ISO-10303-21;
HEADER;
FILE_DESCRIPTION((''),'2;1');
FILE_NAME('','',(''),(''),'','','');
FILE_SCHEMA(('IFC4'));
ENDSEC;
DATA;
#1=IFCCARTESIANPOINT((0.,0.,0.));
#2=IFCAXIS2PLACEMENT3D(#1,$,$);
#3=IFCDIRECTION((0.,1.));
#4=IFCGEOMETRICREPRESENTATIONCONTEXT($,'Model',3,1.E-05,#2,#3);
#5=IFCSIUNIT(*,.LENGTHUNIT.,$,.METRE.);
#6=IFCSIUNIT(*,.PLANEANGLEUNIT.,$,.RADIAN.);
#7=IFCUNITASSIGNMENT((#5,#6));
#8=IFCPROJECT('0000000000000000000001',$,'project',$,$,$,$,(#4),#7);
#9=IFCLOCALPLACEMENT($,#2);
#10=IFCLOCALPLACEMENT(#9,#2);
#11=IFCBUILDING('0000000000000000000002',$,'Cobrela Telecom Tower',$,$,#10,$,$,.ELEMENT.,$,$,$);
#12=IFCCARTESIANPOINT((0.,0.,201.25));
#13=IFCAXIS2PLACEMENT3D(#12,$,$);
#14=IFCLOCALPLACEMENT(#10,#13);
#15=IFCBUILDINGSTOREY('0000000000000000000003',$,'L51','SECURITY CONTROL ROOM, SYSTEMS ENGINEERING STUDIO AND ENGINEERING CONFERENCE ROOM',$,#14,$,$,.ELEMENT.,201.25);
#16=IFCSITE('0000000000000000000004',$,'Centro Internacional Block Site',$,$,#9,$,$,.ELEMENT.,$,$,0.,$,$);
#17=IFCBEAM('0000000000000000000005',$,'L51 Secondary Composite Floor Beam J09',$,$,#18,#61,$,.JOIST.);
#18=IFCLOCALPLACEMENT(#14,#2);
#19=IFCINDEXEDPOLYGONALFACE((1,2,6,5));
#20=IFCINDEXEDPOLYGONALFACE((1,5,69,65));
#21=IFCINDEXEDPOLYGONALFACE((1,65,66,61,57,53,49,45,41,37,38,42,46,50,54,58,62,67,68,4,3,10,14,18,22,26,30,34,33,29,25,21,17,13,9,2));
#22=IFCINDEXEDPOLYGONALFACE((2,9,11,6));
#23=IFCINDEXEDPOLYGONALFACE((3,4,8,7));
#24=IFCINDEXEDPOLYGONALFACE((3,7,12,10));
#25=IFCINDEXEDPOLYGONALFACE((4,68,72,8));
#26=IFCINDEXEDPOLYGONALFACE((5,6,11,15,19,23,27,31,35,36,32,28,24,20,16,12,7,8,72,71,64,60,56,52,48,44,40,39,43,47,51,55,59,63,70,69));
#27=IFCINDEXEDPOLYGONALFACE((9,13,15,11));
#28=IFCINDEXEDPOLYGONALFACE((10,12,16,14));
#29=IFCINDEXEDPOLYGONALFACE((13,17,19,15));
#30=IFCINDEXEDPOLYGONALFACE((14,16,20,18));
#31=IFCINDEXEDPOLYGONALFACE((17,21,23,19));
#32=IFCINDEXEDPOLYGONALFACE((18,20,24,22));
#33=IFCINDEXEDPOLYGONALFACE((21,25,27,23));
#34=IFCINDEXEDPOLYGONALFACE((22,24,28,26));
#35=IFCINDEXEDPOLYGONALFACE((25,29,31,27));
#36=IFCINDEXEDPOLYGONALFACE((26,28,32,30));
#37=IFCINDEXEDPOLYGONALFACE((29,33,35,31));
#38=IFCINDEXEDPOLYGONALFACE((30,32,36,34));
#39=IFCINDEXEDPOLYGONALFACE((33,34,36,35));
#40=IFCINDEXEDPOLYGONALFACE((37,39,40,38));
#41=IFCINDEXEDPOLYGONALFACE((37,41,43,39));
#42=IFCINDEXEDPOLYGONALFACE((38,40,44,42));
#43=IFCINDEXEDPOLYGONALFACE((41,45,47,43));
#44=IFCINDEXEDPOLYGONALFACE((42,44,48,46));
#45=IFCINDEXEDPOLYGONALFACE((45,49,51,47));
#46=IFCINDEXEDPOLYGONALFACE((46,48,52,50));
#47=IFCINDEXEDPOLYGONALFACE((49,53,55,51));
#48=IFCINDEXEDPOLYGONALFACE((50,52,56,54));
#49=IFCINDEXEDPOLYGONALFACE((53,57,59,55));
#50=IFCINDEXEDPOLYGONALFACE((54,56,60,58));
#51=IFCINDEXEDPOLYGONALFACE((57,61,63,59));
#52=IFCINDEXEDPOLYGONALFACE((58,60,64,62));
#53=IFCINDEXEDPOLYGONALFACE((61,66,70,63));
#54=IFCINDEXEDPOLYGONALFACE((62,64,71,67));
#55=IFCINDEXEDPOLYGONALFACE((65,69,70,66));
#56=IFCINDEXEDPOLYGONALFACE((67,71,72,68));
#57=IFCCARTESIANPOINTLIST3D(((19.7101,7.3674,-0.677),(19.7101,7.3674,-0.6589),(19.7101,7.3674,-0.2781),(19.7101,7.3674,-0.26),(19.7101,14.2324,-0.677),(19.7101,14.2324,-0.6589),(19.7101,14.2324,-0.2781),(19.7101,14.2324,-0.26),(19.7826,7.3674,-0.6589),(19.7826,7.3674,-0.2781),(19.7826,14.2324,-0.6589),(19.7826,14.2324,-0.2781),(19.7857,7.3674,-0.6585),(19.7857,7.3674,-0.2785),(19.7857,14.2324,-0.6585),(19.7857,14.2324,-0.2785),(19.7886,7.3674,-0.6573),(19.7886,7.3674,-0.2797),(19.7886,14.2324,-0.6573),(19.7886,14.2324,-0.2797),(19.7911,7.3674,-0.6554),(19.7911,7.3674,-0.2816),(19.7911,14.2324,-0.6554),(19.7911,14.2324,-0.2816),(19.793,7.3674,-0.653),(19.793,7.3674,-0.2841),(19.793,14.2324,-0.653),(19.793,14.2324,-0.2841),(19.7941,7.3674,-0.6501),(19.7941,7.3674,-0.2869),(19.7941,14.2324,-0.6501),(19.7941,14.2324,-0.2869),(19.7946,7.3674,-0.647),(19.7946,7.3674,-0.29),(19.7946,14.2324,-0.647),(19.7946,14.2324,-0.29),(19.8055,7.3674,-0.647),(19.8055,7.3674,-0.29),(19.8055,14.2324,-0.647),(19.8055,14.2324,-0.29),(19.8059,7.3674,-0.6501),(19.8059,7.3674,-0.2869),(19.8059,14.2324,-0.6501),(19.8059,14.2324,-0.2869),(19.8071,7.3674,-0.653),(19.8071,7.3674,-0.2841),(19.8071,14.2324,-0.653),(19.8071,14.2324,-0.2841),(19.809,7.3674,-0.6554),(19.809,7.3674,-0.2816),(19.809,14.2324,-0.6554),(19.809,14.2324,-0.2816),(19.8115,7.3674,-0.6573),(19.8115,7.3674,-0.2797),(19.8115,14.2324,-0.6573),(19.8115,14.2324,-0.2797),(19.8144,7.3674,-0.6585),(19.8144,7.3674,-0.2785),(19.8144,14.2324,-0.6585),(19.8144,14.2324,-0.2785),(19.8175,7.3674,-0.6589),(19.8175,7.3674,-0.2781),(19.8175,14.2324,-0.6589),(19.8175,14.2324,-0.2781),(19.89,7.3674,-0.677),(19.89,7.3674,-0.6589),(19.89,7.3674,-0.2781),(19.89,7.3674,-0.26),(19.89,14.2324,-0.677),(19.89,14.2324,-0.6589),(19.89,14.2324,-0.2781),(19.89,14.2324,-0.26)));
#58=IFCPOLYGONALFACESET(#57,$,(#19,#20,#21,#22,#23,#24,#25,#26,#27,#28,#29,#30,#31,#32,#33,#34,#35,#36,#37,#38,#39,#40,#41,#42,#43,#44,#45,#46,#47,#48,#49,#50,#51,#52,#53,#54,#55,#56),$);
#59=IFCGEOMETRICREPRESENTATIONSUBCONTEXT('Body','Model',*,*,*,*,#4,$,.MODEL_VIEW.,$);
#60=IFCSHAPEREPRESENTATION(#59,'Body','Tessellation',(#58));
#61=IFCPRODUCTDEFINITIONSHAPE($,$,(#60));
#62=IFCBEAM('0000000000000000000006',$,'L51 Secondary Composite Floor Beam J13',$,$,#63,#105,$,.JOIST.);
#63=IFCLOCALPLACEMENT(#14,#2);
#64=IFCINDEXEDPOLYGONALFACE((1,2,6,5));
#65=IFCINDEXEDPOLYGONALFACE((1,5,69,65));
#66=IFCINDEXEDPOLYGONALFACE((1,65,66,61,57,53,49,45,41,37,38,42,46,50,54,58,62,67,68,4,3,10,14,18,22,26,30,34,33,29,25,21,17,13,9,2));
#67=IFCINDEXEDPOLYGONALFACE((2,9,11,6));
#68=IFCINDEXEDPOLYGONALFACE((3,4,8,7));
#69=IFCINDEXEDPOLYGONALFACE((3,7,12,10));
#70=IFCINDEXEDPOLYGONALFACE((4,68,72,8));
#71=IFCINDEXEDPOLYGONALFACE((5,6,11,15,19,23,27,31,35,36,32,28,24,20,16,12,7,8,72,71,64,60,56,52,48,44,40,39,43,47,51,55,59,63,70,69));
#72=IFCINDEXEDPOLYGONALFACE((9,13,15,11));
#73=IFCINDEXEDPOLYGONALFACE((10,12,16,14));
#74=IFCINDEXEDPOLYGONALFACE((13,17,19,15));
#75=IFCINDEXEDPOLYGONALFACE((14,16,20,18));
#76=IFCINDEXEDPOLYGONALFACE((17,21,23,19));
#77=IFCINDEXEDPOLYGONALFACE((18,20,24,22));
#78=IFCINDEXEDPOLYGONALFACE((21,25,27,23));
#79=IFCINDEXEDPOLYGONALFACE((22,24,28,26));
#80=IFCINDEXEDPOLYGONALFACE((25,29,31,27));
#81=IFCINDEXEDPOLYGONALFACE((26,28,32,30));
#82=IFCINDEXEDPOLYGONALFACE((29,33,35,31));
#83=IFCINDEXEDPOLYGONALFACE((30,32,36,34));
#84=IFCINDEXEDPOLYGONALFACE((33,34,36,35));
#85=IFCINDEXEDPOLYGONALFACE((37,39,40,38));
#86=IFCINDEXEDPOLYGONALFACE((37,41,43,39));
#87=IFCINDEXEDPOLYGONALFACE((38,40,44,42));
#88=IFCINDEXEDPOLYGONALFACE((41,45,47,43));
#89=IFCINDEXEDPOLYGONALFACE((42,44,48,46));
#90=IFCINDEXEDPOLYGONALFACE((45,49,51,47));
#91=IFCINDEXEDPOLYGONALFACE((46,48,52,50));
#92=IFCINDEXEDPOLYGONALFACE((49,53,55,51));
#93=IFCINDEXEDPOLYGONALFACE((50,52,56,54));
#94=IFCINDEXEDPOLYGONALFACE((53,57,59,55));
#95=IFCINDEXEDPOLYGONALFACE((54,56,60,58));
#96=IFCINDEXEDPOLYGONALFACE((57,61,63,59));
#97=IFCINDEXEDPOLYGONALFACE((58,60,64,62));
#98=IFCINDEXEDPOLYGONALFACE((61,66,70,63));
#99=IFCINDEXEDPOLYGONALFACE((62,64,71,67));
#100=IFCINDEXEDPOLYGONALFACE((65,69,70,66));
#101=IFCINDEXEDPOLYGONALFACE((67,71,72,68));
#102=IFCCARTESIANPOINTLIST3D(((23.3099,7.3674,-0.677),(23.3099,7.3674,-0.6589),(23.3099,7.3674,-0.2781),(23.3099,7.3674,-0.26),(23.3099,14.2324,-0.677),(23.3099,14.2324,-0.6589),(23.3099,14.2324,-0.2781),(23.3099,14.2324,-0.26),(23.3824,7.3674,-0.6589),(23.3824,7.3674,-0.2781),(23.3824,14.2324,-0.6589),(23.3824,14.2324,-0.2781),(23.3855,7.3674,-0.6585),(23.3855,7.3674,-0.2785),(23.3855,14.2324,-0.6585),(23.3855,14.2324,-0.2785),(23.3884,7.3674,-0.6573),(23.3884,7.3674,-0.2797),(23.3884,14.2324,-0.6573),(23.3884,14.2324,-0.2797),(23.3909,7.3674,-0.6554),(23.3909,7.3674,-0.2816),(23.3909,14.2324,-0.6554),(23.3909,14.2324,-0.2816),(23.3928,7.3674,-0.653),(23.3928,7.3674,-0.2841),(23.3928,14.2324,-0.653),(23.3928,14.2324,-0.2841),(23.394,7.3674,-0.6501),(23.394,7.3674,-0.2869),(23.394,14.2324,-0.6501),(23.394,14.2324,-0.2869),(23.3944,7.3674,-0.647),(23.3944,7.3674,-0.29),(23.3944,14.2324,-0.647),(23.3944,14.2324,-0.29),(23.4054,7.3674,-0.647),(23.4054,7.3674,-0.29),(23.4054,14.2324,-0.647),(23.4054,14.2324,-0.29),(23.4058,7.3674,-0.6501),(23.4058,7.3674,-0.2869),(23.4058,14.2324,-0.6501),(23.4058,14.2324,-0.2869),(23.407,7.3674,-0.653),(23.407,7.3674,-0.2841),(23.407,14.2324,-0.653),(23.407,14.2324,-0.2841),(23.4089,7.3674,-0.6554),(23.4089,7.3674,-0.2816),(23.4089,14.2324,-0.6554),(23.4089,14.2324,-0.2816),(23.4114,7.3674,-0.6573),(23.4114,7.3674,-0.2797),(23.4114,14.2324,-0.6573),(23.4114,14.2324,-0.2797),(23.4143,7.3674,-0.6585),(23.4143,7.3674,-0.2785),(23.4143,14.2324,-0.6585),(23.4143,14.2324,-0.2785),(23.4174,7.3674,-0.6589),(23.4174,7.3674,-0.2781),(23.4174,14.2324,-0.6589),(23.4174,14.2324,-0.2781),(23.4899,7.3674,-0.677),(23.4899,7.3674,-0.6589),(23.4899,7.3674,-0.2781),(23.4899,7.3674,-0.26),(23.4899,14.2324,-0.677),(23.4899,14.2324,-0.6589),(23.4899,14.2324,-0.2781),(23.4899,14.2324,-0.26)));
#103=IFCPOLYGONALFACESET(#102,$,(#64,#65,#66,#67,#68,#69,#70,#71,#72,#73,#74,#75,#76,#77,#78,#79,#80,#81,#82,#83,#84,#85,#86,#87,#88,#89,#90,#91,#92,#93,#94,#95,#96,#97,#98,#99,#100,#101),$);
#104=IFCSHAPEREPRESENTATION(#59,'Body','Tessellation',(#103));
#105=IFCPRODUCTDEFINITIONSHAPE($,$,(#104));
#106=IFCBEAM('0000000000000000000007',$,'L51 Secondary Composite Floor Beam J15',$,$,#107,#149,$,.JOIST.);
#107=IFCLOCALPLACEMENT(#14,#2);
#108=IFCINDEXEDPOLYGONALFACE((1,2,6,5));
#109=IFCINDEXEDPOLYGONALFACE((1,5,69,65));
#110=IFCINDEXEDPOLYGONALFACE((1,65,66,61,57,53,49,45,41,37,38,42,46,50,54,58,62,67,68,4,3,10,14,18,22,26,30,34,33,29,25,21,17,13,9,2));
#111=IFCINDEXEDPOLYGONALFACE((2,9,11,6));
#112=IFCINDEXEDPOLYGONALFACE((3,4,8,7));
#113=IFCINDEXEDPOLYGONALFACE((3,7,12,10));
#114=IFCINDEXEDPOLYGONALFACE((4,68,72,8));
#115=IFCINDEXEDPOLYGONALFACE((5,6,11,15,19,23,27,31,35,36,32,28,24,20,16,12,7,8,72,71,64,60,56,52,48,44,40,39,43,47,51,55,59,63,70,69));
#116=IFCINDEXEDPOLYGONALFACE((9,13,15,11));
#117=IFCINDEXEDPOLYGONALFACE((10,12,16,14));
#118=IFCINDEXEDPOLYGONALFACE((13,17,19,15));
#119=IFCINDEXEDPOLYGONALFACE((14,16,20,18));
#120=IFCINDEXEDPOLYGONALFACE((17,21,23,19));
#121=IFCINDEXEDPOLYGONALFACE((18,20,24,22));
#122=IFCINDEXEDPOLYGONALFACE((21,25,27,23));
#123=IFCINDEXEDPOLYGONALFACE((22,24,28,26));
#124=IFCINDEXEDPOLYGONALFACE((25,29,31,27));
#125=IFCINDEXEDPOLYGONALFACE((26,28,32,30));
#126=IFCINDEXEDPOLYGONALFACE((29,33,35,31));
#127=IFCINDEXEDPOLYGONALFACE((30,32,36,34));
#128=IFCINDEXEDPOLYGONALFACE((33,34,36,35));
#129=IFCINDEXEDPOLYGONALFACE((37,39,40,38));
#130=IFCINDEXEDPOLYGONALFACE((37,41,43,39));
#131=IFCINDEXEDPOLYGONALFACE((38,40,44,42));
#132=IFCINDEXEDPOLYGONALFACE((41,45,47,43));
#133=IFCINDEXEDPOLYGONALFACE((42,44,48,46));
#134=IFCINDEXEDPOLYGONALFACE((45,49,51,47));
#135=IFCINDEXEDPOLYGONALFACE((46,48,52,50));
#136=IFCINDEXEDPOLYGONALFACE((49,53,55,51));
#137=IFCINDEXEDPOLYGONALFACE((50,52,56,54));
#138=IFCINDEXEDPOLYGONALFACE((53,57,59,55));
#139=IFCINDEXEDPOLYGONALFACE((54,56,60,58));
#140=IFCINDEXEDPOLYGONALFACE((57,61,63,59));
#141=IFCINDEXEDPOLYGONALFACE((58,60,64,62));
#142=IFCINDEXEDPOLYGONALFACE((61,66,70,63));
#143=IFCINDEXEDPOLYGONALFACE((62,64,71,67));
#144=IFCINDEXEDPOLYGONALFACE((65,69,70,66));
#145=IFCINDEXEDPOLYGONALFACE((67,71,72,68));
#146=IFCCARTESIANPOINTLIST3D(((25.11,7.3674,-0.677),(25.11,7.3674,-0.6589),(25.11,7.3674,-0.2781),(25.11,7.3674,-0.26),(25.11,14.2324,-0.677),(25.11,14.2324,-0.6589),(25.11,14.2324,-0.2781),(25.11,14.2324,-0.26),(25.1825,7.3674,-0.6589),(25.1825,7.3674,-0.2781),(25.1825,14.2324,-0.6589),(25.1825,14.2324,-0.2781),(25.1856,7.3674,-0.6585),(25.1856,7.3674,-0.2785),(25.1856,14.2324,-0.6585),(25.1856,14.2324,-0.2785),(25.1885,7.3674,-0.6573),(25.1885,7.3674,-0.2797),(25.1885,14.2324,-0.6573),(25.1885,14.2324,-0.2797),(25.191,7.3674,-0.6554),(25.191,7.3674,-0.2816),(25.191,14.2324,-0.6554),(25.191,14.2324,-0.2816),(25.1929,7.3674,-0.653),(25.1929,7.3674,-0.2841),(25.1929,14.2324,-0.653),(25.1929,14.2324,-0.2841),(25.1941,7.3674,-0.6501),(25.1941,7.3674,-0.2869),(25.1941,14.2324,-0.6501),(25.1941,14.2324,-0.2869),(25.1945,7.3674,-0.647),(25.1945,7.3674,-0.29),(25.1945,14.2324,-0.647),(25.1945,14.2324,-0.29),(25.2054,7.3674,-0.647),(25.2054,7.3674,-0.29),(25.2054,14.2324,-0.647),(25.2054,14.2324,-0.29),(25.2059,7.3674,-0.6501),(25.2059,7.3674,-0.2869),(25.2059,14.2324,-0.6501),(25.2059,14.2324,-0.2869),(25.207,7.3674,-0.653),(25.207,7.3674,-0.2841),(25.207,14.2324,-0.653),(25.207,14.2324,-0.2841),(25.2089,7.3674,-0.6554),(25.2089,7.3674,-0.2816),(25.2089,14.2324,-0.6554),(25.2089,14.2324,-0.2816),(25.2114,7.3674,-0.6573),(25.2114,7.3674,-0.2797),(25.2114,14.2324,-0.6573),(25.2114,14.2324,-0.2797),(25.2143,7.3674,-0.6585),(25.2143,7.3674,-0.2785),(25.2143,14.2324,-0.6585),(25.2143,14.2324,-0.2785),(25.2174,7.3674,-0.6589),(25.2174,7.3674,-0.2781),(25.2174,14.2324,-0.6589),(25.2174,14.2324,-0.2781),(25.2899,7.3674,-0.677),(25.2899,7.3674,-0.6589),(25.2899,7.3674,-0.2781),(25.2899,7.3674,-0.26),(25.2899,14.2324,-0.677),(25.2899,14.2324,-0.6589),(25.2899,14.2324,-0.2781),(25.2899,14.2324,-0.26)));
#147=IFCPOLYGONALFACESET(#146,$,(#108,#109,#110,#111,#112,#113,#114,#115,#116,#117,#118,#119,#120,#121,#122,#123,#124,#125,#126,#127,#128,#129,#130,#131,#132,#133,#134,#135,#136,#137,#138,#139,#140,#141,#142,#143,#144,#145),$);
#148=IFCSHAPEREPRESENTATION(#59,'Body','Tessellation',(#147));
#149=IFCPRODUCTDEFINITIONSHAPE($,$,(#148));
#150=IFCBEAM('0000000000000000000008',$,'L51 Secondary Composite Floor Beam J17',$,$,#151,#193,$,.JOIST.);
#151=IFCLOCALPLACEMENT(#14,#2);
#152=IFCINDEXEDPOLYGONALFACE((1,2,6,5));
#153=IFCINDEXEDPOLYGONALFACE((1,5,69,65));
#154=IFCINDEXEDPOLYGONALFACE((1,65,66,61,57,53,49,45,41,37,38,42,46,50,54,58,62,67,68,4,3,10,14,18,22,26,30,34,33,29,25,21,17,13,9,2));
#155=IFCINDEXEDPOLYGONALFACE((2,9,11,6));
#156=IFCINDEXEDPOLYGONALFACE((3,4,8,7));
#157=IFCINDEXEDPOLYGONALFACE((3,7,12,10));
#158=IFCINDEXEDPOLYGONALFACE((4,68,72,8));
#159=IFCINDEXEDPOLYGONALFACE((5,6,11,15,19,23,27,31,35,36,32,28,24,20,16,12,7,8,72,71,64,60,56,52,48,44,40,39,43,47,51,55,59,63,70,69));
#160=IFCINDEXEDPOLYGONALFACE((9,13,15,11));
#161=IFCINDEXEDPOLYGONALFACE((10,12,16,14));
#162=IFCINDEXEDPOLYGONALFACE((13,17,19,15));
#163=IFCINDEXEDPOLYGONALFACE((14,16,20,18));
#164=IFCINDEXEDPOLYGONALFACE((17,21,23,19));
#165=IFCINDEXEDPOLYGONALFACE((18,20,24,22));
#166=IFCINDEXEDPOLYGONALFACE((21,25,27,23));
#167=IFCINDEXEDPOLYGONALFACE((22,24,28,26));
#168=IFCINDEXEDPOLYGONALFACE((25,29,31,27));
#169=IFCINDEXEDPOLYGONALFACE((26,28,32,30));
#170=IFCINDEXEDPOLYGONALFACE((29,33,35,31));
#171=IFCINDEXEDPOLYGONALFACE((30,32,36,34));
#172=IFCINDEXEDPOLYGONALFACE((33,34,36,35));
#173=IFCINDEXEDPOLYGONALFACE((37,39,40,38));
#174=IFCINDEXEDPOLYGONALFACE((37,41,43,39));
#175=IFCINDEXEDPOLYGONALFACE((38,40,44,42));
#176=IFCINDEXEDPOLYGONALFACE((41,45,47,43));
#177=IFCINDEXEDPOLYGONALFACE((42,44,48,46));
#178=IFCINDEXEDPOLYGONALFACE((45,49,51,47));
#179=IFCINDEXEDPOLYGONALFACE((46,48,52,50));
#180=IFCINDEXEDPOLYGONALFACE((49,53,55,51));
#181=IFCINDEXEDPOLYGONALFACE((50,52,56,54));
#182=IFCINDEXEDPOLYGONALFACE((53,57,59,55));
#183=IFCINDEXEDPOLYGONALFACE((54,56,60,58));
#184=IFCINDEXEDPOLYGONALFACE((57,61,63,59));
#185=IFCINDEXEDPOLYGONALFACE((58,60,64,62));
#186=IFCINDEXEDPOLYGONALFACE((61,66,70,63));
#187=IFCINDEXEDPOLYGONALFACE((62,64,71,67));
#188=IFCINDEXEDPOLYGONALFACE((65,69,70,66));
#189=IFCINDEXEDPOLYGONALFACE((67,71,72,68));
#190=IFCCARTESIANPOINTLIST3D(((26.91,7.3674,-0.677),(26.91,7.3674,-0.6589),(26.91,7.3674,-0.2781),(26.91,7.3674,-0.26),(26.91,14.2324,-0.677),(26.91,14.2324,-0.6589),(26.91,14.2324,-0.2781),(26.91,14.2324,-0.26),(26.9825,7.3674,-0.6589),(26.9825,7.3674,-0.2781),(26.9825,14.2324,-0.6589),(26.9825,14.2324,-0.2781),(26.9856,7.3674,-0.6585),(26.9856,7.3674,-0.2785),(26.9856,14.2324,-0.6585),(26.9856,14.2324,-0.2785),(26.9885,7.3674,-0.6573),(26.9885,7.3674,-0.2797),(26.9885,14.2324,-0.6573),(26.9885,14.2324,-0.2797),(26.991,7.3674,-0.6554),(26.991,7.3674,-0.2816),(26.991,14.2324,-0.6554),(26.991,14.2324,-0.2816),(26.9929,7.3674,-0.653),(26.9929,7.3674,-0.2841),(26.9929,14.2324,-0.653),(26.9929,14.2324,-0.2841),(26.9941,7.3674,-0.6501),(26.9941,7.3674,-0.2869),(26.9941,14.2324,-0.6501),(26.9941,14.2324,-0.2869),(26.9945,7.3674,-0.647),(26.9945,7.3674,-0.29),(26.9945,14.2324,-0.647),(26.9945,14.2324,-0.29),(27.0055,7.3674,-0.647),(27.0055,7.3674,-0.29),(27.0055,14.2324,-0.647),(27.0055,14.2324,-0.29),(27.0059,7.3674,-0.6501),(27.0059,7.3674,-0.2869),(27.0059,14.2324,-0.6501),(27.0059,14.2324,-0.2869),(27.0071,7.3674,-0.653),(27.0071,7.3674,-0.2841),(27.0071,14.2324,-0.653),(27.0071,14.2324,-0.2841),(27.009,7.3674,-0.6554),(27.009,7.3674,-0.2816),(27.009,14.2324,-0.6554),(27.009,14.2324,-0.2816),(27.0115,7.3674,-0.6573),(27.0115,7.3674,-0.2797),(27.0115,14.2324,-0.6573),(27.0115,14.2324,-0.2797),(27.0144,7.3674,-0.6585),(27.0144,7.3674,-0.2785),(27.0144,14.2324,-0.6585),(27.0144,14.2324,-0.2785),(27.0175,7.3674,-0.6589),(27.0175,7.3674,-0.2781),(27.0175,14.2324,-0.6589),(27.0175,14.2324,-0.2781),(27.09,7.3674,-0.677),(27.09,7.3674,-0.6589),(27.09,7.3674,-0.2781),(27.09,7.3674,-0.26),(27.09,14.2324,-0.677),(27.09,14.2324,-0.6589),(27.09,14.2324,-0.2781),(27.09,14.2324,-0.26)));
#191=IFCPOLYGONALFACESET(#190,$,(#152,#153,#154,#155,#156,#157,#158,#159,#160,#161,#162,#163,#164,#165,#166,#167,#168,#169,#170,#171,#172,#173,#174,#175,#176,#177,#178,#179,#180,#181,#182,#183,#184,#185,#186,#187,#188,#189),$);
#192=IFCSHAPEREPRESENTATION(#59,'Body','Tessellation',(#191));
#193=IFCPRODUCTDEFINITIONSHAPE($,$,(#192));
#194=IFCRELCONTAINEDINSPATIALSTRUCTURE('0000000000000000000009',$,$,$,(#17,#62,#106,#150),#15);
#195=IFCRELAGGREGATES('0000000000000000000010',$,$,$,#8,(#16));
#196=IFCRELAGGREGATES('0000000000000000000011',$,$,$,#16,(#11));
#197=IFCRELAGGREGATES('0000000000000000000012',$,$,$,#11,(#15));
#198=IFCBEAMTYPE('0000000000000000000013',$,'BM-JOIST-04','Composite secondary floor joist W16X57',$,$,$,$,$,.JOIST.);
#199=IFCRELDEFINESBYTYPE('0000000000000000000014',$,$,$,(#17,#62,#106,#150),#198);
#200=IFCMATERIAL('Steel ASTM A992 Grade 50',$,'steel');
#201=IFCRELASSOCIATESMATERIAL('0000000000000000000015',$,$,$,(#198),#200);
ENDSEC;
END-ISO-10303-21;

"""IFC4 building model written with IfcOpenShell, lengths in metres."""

from ifc_helpers import new_model, si_unit, direction, frame, origin, origin_2d, place, context, subcontext, project, spatial, i_section, extrude, material, material_profile, profile_set, type_object, element, save


model = new_model("IFC4")

# Units and contexts
model_context = context("Model", 3, precision=1e-05, world=origin(), true_north=direction((0.0, 1.0)))
body_context = subcontext(model_context, "Body", "Model", "MODEL_VIEW")
ifc_project = project(units=[si_unit("LENGTHUNIT", "METRE"), si_unit("PLANEANGLEUNIT", "RADIAN")], contexts=[model_context])

# Site, building, storey
site_placement = place(None, origin())
site = spatial("IfcSite", under=ifc_project, at=site_placement, Name="Centro Internacional Block Site", CompositionType="ELEMENT", RefElevation=0.0)
building_placement = place(site_placement, origin())
building = spatial("IfcBuilding", under=site, at=building_placement, Name="Cobrela Telecom Tower", CompositionType="ELEMENT")
storey_placement = place(building_placement, frame((0.0, 0.0, 201.25)))
storey = spatial("IfcBuildingStorey", under=building, at=storey_placement, Name="L51", Description="SECURITY CONTROL ROOM, SYSTEMS ENGINEERING STUDIO AND ENGINEERING CONFERENCE ROOM", CompositionType="ELEMENT", Elevation=201.25)

# Shared definitions
ifc_material_1 = material(Name="Steel ASTM A992 Grade 50", Category="steel")

# Beams
ifc_material_profile_1 = material_profile(ifc_material_1, i_section(OverallWidth=0.1799, OverallDepth=0.417, WebThickness=0.011, FlangeThickness=0.0181, FilletRadius=0.012, at=origin_2d()), Name="W16X57")
ifc_profile_set_1 = profile_set([ifc_material_profile_1], Name="Steel ASTM A992 Grade 50")
beam_type_1 = type_object("IfcBeamType", Name="BM-JOIST-04", Description="Composite secondary floor joist W16X57", PredefinedType="JOIST", material=ifc_profile_set_1)
for number, where, z_axis, x_axis, name in (
    (1, (19.8, 7.3674, -0.4685), (0.0, 1.0, 0.0), (-1.0, 0.0, 0.0), "L51 Secondary Composite Floor Beam J09"),
    (2, (23.3999, 7.3674, -0.4685), (0.0, 1.0, 0.0), (-1.0, 0.0, 0.0), "L51 Secondary Composite Floor Beam J13"),
    (3, (25.2, 7.3674, -0.4685), (0.0, 1.0, 0.0), (-1.0, 0.0, 0.0), "L51 Secondary Composite Floor Beam J15"),
    (4, (27.0, 7.3674, -0.4685), (0.0, 1.0, 0.0), (-1.0, 0.0, 0.0), "L51 Secondary Composite Floor Beam J17"),
):
    element("IfcBeam", number, at=place(storey_placement, frame(where, z_axis=z_axis, x_axis=x_axis)), inside=storey, type_object=beam_type_1, Name=name, PredefinedType="JOIST", context=body_context, shape_type="SweptSolid", body=[
        extrude(i_section(OverallWidth=0.1799, OverallDepth=0.417, WebThickness=0.011, FlangeThickness=0.0181, FilletRadius=0.012, at=origin_2d()), origin(), (0.0, 0.0, 1.0), 6.865),
    ])

save(model, "model.ifc")
